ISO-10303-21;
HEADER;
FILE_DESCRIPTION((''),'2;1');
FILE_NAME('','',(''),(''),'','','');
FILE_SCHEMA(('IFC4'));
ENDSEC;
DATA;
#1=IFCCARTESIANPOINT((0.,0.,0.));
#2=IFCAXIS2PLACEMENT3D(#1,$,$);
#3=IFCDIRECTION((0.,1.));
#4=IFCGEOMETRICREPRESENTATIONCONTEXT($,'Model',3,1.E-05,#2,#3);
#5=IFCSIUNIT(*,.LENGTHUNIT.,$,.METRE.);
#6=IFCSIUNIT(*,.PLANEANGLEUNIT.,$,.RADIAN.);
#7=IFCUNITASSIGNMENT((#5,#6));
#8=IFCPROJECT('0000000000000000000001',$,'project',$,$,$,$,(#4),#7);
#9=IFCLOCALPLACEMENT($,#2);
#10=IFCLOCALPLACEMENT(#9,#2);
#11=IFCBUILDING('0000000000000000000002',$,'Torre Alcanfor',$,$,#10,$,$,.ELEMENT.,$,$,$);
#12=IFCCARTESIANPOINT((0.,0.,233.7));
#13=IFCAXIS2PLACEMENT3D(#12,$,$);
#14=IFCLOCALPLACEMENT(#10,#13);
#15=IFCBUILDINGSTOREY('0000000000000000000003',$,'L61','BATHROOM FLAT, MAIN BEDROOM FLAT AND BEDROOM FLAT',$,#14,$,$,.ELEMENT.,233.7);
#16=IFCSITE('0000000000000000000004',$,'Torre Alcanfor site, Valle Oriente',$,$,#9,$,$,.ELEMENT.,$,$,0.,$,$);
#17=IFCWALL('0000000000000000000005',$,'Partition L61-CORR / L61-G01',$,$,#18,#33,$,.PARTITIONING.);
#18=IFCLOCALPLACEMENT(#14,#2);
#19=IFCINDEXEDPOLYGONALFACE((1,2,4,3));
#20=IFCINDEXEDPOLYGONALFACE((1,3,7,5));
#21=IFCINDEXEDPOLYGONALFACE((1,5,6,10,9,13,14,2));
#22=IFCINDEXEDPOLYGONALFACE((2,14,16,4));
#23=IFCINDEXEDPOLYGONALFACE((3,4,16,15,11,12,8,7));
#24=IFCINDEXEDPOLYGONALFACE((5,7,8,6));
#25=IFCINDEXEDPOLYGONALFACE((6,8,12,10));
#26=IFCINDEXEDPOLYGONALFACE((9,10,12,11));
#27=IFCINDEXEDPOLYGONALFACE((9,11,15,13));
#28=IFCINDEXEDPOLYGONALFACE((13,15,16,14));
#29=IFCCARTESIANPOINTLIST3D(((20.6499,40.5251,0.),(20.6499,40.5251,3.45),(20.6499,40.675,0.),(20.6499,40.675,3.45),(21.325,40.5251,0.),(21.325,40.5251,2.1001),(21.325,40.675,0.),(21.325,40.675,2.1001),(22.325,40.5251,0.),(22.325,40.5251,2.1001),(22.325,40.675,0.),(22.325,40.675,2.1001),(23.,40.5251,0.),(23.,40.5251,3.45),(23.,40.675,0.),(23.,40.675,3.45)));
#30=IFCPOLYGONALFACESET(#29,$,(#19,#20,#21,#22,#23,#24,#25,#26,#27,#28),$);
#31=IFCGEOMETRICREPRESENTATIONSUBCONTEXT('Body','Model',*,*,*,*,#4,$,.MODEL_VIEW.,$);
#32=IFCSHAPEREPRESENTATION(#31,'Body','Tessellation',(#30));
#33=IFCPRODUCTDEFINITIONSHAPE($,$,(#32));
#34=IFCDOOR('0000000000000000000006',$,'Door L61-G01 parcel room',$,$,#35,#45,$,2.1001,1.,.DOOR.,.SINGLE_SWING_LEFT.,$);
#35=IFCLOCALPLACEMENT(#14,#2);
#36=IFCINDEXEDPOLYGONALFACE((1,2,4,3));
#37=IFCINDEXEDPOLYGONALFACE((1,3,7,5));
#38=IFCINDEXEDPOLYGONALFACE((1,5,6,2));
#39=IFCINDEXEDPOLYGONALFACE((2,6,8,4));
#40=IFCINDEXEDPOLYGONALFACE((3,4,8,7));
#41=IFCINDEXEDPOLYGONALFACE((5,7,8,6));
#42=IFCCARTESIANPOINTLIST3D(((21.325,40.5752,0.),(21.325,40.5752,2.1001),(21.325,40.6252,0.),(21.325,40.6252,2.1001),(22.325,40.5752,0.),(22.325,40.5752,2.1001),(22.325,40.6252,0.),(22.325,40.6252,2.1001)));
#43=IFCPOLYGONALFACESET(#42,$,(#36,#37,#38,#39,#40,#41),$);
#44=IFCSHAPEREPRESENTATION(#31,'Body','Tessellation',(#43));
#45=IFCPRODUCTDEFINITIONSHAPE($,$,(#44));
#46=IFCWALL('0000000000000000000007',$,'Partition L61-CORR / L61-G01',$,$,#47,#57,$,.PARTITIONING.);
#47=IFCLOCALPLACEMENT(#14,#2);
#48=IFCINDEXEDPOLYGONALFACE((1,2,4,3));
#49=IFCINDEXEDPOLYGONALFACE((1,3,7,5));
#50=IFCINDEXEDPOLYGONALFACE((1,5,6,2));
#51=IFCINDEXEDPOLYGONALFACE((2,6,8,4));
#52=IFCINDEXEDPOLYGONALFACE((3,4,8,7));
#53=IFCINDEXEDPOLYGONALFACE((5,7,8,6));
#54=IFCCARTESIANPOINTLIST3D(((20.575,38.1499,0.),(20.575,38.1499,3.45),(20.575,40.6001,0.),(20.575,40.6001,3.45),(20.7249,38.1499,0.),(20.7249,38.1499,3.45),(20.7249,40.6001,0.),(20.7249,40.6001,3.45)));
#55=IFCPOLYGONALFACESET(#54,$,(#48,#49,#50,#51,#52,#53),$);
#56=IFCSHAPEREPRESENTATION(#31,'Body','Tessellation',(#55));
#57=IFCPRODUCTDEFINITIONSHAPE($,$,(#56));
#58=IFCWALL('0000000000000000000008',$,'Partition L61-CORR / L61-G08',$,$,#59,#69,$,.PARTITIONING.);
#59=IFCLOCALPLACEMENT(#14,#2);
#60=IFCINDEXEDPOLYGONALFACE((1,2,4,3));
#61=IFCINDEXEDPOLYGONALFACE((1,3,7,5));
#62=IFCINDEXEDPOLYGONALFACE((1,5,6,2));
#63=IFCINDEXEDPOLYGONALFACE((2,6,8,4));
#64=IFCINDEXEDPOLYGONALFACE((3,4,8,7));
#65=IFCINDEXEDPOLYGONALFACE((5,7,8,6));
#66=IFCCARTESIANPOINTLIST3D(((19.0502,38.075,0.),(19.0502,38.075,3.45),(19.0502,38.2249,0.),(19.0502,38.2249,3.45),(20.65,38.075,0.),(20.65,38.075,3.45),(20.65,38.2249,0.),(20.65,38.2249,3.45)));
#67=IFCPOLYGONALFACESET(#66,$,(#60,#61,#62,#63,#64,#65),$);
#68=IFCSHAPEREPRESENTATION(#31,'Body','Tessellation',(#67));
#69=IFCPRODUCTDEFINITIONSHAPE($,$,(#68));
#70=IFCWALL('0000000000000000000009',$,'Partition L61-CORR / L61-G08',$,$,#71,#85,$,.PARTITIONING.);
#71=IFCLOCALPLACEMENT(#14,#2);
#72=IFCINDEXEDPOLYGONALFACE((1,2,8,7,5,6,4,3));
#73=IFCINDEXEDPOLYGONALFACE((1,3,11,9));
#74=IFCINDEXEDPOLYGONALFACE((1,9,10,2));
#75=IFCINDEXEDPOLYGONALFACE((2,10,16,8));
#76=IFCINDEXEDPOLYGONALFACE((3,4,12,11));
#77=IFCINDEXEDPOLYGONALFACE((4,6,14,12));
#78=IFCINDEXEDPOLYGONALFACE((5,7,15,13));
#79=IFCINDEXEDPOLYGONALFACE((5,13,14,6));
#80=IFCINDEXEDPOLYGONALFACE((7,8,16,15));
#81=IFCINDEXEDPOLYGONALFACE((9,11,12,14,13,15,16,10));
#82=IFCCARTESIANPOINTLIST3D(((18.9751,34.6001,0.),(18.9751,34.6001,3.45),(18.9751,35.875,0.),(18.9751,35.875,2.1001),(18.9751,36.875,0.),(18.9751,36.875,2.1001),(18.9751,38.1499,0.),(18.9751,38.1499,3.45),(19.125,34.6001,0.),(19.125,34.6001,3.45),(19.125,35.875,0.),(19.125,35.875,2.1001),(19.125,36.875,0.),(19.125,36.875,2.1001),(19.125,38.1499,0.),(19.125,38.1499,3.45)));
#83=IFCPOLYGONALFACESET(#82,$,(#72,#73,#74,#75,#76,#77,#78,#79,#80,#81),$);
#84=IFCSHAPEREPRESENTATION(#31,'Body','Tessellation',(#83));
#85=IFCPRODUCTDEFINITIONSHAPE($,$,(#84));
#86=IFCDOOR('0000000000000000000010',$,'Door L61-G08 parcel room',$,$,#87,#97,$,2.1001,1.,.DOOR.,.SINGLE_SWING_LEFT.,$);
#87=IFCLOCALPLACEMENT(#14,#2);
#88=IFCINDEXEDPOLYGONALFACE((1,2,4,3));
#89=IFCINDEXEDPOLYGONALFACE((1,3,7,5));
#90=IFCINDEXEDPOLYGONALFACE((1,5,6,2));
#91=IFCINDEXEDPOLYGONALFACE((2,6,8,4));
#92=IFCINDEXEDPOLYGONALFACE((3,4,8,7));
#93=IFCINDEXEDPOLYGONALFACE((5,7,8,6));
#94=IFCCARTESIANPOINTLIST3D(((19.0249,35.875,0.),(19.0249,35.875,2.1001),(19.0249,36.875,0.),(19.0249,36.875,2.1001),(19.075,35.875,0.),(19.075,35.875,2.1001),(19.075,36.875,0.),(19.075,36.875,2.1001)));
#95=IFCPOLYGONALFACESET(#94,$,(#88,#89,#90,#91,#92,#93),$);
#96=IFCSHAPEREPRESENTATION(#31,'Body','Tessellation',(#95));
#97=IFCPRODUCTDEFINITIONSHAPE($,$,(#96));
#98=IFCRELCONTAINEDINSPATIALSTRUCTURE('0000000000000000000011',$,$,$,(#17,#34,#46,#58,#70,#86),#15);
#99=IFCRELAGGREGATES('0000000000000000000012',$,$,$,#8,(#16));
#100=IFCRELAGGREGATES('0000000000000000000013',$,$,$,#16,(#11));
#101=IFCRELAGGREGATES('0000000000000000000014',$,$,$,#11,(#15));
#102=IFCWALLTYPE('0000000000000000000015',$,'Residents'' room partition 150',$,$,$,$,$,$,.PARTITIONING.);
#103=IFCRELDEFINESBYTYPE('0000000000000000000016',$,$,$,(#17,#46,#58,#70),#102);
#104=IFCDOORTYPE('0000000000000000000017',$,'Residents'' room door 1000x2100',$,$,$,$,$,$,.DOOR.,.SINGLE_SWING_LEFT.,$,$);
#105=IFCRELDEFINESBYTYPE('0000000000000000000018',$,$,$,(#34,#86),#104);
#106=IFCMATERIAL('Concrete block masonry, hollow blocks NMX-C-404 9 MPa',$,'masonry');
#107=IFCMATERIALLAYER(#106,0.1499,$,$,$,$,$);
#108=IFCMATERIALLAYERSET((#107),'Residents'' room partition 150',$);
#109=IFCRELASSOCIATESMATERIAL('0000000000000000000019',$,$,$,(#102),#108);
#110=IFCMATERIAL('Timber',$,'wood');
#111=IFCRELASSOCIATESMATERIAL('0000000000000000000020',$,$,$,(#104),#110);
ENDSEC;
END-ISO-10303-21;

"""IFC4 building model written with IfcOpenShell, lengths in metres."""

from ifc_helpers import new_model, si_unit, direction, frame, frame_2d, origin, place, context, subcontext, project, spatial, rectangle, extrude, material, layer, layer_set, type_object, element, fill, save


model = new_model("IFC4")

# Units and contexts
model_context = context("Model", 3, precision=1e-05, world=origin(), true_north=direction((0.0, 1.0)))
body_context = subcontext(model_context, "Body", "Model", "MODEL_VIEW")
ifc_project = project(units=[si_unit("LENGTHUNIT", "METRE"), si_unit("PLANEANGLEUNIT", "RADIAN")], contexts=[model_context])

# Site, building, storey
site_placement = place(None, origin())
site = spatial("IfcSite", under=ifc_project, at=site_placement, Name="Torre Alcanfor site, Valle Oriente", CompositionType="ELEMENT", RefElevation=0.0)
building_placement = place(site_placement, origin())
building = spatial("IfcBuilding", under=site, at=building_placement, Name="Torre Alcanfor", CompositionType="ELEMENT")
storey_placement = place(building_placement, frame((0.0, 0.0, 233.7)))
storey = spatial("IfcBuildingStorey", under=building, at=storey_placement, Name="L61", Description="BATHROOM FLAT, MAIN BEDROOM FLAT AND BEDROOM FLAT", CompositionType="ELEMENT", Elevation=233.7)

# Shared definitions
ifc_material_1 = material(Name="Concrete block masonry, hollow blocks NMX-C-404 9 MPa", Category="masonry")
ifc_layer_1 = layer(ifc_material_1, 0.1499)
ifc_layer_set_1 = layer_set([ifc_layer_1], Name="Residents' room partition 150")
wall_type_1 = type_object("IfcWallType", Name="Residents' room partition 150", PredefinedType="PARTITIONING", material=ifc_layer_set_1)

# Wall, opening, door
wall_1_placement = place(storey_placement, frame((23.0, 40.6001, 0.0), z_axis=(0.0, 0.0, 1.0), x_axis=(-1.0, 0.0, 0.0)))
wall_1 = element("IfcWall", 1, at=wall_1_placement, inside=storey, type_object=wall_type_1, Name="Partition L61-CORR / L61-G01", PredefinedType="PARTITIONING", context=body_context, shape_type="SweptSolid", body=[
    extrude(rectangle(XDim=2.3501, YDim=0.1499, at=frame_2d((1.175, 0.0))), origin(), (0.0, 0.0, 1.0), 3.45),
])
opening_1_placement = place(wall_1_placement, frame((0.675, 0.0, 0.0)))
opening_1 = element("IfcOpeningElement", 2, at=opening_1_placement, cuts=wall_1, PredefinedType="OPENING", context=body_context, shape_type="SweptSolid", body=[
    extrude(rectangle(XDim=1.0, YDim=2.1001, at=frame_2d((0.5, 1.05))), frame((0.0, 0.085, 0.0), z_axis=(0.0, -1.0, 0.0), x_axis=(1.0, 0.0, 0.0)), (0.0, 0.0, 1.0), 0.1699),
])
ifc_material_2 = material(Name="Timber", Category="wood")
door_type_1 = type_object("IfcDoorType", Name="Residents' room door 1000x2100", OperationType="SINGLE_SWING_LEFT", PredefinedType="DOOR", material=ifc_material_2)
door_1_placement = place(opening_1_placement, origin())
door_1 = element("IfcDoor", 3, at=door_1_placement, inside=storey, type_object=door_type_1, Name="Door L61-G01 parcel room", OperationType="SINGLE_SWING_LEFT", OverallHeight=2.1001, OverallWidth=1.0, PredefinedType="DOOR", context=body_context, shape_type="SweptSolid", body=[
    extrude(rectangle(XDim=1.0, YDim=2.1001, at=frame_2d((0.5, 1.05))), frame((0.0, 0.0249, 0.0), z_axis=(0.0, -1.0, 0.0), x_axis=(1.0, 0.0, 0.0)), (0.0, 0.0, 1.0), 0.05),
])
fill(opening_1, door_1)

# Walls
wall_2_placement = place(storey_placement, frame((20.6499, 40.6001, 0.0), z_axis=(0.0, 0.0, 1.0), x_axis=(0.0, -1.0, 0.0)))
element("IfcWall", 4, at=wall_2_placement, inside=storey, type_object=wall_type_1, Name="Partition L61-CORR / L61-G01", PredefinedType="PARTITIONING", context=body_context, shape_type="SweptSolid", body=[
    extrude(rectangle(XDim=2.4502, YDim=0.1499, at=frame_2d((1.2251, 0.0))), origin(), (0.0, 0.0, 1.0), 3.45),
])
wall_3_placement = place(storey_placement, frame((20.6499, 38.1499, 0.0), z_axis=(0.0, 0.0, 1.0), x_axis=(-1.0, 0.0, 0.0)))
element("IfcWall", 5, at=wall_3_placement, inside=storey, type_object=wall_type_1, Name="Partition L61-CORR / L61-G08", PredefinedType="PARTITIONING", context=body_context, shape_type="SweptSolid", body=[
    extrude(rectangle(XDim=1.5999, YDim=0.1499, at=frame_2d((0.7998, 0.0))), origin(), (0.0, 0.0, 1.0), 3.45),
])

# Wall, opening, door
wall_4_placement = place(storey_placement, frame((19.05, 38.1499, 0.0), z_axis=(0.0, 0.0, 1.0), x_axis=(0.0, -1.0, 0.0)))
wall_4 = element("IfcWall", 6, at=wall_4_placement, inside=storey, type_object=wall_type_1, Name="Partition L61-CORR / L61-G08", PredefinedType="PARTITIONING", context=body_context, shape_type="SweptSolid", body=[
    extrude(rectangle(XDim=3.5498, YDim=0.1499, at=frame_2d((1.7749, 0.0))), origin(), (0.0, 0.0, 1.0), 3.45),
])
opening_2_placement = place(wall_4_placement, frame((1.2749, 0.0, 0.0)))
opening_2 = element("IfcOpeningElement", 7, at=opening_2_placement, cuts=wall_4, PredefinedType="OPENING", context=body_context, shape_type="SweptSolid", body=[
    extrude(rectangle(XDim=1.0, YDim=2.1001, at=frame_2d((0.5, 1.05))), frame((0.0, 0.085, 0.0), z_axis=(0.0, -1.0, 0.0), x_axis=(1.0, 0.0, 0.0)), (0.0, 0.0, 1.0), 0.1699),
])
door_2_placement = place(opening_2_placement, origin())
door_2 = element("IfcDoor", 8, at=door_2_placement, inside=storey, type_object=door_type_1, Name="Door L61-G08 parcel room", OperationType="SINGLE_SWING_LEFT", OverallHeight=2.1001, OverallWidth=1.0, PredefinedType="DOOR", context=body_context, shape_type="SweptSolid", body=[
    extrude(rectangle(XDim=1.0, YDim=2.1001, at=frame_2d((0.5, 1.05))), frame((0.0, 0.0249, 0.0), z_axis=(0.0, -1.0, 0.0), x_axis=(1.0, 0.0, 0.0)), (0.0, 0.0, 1.0), 0.05),
])
fill(opening_2, door_2)

save(model, "model.ifc")
